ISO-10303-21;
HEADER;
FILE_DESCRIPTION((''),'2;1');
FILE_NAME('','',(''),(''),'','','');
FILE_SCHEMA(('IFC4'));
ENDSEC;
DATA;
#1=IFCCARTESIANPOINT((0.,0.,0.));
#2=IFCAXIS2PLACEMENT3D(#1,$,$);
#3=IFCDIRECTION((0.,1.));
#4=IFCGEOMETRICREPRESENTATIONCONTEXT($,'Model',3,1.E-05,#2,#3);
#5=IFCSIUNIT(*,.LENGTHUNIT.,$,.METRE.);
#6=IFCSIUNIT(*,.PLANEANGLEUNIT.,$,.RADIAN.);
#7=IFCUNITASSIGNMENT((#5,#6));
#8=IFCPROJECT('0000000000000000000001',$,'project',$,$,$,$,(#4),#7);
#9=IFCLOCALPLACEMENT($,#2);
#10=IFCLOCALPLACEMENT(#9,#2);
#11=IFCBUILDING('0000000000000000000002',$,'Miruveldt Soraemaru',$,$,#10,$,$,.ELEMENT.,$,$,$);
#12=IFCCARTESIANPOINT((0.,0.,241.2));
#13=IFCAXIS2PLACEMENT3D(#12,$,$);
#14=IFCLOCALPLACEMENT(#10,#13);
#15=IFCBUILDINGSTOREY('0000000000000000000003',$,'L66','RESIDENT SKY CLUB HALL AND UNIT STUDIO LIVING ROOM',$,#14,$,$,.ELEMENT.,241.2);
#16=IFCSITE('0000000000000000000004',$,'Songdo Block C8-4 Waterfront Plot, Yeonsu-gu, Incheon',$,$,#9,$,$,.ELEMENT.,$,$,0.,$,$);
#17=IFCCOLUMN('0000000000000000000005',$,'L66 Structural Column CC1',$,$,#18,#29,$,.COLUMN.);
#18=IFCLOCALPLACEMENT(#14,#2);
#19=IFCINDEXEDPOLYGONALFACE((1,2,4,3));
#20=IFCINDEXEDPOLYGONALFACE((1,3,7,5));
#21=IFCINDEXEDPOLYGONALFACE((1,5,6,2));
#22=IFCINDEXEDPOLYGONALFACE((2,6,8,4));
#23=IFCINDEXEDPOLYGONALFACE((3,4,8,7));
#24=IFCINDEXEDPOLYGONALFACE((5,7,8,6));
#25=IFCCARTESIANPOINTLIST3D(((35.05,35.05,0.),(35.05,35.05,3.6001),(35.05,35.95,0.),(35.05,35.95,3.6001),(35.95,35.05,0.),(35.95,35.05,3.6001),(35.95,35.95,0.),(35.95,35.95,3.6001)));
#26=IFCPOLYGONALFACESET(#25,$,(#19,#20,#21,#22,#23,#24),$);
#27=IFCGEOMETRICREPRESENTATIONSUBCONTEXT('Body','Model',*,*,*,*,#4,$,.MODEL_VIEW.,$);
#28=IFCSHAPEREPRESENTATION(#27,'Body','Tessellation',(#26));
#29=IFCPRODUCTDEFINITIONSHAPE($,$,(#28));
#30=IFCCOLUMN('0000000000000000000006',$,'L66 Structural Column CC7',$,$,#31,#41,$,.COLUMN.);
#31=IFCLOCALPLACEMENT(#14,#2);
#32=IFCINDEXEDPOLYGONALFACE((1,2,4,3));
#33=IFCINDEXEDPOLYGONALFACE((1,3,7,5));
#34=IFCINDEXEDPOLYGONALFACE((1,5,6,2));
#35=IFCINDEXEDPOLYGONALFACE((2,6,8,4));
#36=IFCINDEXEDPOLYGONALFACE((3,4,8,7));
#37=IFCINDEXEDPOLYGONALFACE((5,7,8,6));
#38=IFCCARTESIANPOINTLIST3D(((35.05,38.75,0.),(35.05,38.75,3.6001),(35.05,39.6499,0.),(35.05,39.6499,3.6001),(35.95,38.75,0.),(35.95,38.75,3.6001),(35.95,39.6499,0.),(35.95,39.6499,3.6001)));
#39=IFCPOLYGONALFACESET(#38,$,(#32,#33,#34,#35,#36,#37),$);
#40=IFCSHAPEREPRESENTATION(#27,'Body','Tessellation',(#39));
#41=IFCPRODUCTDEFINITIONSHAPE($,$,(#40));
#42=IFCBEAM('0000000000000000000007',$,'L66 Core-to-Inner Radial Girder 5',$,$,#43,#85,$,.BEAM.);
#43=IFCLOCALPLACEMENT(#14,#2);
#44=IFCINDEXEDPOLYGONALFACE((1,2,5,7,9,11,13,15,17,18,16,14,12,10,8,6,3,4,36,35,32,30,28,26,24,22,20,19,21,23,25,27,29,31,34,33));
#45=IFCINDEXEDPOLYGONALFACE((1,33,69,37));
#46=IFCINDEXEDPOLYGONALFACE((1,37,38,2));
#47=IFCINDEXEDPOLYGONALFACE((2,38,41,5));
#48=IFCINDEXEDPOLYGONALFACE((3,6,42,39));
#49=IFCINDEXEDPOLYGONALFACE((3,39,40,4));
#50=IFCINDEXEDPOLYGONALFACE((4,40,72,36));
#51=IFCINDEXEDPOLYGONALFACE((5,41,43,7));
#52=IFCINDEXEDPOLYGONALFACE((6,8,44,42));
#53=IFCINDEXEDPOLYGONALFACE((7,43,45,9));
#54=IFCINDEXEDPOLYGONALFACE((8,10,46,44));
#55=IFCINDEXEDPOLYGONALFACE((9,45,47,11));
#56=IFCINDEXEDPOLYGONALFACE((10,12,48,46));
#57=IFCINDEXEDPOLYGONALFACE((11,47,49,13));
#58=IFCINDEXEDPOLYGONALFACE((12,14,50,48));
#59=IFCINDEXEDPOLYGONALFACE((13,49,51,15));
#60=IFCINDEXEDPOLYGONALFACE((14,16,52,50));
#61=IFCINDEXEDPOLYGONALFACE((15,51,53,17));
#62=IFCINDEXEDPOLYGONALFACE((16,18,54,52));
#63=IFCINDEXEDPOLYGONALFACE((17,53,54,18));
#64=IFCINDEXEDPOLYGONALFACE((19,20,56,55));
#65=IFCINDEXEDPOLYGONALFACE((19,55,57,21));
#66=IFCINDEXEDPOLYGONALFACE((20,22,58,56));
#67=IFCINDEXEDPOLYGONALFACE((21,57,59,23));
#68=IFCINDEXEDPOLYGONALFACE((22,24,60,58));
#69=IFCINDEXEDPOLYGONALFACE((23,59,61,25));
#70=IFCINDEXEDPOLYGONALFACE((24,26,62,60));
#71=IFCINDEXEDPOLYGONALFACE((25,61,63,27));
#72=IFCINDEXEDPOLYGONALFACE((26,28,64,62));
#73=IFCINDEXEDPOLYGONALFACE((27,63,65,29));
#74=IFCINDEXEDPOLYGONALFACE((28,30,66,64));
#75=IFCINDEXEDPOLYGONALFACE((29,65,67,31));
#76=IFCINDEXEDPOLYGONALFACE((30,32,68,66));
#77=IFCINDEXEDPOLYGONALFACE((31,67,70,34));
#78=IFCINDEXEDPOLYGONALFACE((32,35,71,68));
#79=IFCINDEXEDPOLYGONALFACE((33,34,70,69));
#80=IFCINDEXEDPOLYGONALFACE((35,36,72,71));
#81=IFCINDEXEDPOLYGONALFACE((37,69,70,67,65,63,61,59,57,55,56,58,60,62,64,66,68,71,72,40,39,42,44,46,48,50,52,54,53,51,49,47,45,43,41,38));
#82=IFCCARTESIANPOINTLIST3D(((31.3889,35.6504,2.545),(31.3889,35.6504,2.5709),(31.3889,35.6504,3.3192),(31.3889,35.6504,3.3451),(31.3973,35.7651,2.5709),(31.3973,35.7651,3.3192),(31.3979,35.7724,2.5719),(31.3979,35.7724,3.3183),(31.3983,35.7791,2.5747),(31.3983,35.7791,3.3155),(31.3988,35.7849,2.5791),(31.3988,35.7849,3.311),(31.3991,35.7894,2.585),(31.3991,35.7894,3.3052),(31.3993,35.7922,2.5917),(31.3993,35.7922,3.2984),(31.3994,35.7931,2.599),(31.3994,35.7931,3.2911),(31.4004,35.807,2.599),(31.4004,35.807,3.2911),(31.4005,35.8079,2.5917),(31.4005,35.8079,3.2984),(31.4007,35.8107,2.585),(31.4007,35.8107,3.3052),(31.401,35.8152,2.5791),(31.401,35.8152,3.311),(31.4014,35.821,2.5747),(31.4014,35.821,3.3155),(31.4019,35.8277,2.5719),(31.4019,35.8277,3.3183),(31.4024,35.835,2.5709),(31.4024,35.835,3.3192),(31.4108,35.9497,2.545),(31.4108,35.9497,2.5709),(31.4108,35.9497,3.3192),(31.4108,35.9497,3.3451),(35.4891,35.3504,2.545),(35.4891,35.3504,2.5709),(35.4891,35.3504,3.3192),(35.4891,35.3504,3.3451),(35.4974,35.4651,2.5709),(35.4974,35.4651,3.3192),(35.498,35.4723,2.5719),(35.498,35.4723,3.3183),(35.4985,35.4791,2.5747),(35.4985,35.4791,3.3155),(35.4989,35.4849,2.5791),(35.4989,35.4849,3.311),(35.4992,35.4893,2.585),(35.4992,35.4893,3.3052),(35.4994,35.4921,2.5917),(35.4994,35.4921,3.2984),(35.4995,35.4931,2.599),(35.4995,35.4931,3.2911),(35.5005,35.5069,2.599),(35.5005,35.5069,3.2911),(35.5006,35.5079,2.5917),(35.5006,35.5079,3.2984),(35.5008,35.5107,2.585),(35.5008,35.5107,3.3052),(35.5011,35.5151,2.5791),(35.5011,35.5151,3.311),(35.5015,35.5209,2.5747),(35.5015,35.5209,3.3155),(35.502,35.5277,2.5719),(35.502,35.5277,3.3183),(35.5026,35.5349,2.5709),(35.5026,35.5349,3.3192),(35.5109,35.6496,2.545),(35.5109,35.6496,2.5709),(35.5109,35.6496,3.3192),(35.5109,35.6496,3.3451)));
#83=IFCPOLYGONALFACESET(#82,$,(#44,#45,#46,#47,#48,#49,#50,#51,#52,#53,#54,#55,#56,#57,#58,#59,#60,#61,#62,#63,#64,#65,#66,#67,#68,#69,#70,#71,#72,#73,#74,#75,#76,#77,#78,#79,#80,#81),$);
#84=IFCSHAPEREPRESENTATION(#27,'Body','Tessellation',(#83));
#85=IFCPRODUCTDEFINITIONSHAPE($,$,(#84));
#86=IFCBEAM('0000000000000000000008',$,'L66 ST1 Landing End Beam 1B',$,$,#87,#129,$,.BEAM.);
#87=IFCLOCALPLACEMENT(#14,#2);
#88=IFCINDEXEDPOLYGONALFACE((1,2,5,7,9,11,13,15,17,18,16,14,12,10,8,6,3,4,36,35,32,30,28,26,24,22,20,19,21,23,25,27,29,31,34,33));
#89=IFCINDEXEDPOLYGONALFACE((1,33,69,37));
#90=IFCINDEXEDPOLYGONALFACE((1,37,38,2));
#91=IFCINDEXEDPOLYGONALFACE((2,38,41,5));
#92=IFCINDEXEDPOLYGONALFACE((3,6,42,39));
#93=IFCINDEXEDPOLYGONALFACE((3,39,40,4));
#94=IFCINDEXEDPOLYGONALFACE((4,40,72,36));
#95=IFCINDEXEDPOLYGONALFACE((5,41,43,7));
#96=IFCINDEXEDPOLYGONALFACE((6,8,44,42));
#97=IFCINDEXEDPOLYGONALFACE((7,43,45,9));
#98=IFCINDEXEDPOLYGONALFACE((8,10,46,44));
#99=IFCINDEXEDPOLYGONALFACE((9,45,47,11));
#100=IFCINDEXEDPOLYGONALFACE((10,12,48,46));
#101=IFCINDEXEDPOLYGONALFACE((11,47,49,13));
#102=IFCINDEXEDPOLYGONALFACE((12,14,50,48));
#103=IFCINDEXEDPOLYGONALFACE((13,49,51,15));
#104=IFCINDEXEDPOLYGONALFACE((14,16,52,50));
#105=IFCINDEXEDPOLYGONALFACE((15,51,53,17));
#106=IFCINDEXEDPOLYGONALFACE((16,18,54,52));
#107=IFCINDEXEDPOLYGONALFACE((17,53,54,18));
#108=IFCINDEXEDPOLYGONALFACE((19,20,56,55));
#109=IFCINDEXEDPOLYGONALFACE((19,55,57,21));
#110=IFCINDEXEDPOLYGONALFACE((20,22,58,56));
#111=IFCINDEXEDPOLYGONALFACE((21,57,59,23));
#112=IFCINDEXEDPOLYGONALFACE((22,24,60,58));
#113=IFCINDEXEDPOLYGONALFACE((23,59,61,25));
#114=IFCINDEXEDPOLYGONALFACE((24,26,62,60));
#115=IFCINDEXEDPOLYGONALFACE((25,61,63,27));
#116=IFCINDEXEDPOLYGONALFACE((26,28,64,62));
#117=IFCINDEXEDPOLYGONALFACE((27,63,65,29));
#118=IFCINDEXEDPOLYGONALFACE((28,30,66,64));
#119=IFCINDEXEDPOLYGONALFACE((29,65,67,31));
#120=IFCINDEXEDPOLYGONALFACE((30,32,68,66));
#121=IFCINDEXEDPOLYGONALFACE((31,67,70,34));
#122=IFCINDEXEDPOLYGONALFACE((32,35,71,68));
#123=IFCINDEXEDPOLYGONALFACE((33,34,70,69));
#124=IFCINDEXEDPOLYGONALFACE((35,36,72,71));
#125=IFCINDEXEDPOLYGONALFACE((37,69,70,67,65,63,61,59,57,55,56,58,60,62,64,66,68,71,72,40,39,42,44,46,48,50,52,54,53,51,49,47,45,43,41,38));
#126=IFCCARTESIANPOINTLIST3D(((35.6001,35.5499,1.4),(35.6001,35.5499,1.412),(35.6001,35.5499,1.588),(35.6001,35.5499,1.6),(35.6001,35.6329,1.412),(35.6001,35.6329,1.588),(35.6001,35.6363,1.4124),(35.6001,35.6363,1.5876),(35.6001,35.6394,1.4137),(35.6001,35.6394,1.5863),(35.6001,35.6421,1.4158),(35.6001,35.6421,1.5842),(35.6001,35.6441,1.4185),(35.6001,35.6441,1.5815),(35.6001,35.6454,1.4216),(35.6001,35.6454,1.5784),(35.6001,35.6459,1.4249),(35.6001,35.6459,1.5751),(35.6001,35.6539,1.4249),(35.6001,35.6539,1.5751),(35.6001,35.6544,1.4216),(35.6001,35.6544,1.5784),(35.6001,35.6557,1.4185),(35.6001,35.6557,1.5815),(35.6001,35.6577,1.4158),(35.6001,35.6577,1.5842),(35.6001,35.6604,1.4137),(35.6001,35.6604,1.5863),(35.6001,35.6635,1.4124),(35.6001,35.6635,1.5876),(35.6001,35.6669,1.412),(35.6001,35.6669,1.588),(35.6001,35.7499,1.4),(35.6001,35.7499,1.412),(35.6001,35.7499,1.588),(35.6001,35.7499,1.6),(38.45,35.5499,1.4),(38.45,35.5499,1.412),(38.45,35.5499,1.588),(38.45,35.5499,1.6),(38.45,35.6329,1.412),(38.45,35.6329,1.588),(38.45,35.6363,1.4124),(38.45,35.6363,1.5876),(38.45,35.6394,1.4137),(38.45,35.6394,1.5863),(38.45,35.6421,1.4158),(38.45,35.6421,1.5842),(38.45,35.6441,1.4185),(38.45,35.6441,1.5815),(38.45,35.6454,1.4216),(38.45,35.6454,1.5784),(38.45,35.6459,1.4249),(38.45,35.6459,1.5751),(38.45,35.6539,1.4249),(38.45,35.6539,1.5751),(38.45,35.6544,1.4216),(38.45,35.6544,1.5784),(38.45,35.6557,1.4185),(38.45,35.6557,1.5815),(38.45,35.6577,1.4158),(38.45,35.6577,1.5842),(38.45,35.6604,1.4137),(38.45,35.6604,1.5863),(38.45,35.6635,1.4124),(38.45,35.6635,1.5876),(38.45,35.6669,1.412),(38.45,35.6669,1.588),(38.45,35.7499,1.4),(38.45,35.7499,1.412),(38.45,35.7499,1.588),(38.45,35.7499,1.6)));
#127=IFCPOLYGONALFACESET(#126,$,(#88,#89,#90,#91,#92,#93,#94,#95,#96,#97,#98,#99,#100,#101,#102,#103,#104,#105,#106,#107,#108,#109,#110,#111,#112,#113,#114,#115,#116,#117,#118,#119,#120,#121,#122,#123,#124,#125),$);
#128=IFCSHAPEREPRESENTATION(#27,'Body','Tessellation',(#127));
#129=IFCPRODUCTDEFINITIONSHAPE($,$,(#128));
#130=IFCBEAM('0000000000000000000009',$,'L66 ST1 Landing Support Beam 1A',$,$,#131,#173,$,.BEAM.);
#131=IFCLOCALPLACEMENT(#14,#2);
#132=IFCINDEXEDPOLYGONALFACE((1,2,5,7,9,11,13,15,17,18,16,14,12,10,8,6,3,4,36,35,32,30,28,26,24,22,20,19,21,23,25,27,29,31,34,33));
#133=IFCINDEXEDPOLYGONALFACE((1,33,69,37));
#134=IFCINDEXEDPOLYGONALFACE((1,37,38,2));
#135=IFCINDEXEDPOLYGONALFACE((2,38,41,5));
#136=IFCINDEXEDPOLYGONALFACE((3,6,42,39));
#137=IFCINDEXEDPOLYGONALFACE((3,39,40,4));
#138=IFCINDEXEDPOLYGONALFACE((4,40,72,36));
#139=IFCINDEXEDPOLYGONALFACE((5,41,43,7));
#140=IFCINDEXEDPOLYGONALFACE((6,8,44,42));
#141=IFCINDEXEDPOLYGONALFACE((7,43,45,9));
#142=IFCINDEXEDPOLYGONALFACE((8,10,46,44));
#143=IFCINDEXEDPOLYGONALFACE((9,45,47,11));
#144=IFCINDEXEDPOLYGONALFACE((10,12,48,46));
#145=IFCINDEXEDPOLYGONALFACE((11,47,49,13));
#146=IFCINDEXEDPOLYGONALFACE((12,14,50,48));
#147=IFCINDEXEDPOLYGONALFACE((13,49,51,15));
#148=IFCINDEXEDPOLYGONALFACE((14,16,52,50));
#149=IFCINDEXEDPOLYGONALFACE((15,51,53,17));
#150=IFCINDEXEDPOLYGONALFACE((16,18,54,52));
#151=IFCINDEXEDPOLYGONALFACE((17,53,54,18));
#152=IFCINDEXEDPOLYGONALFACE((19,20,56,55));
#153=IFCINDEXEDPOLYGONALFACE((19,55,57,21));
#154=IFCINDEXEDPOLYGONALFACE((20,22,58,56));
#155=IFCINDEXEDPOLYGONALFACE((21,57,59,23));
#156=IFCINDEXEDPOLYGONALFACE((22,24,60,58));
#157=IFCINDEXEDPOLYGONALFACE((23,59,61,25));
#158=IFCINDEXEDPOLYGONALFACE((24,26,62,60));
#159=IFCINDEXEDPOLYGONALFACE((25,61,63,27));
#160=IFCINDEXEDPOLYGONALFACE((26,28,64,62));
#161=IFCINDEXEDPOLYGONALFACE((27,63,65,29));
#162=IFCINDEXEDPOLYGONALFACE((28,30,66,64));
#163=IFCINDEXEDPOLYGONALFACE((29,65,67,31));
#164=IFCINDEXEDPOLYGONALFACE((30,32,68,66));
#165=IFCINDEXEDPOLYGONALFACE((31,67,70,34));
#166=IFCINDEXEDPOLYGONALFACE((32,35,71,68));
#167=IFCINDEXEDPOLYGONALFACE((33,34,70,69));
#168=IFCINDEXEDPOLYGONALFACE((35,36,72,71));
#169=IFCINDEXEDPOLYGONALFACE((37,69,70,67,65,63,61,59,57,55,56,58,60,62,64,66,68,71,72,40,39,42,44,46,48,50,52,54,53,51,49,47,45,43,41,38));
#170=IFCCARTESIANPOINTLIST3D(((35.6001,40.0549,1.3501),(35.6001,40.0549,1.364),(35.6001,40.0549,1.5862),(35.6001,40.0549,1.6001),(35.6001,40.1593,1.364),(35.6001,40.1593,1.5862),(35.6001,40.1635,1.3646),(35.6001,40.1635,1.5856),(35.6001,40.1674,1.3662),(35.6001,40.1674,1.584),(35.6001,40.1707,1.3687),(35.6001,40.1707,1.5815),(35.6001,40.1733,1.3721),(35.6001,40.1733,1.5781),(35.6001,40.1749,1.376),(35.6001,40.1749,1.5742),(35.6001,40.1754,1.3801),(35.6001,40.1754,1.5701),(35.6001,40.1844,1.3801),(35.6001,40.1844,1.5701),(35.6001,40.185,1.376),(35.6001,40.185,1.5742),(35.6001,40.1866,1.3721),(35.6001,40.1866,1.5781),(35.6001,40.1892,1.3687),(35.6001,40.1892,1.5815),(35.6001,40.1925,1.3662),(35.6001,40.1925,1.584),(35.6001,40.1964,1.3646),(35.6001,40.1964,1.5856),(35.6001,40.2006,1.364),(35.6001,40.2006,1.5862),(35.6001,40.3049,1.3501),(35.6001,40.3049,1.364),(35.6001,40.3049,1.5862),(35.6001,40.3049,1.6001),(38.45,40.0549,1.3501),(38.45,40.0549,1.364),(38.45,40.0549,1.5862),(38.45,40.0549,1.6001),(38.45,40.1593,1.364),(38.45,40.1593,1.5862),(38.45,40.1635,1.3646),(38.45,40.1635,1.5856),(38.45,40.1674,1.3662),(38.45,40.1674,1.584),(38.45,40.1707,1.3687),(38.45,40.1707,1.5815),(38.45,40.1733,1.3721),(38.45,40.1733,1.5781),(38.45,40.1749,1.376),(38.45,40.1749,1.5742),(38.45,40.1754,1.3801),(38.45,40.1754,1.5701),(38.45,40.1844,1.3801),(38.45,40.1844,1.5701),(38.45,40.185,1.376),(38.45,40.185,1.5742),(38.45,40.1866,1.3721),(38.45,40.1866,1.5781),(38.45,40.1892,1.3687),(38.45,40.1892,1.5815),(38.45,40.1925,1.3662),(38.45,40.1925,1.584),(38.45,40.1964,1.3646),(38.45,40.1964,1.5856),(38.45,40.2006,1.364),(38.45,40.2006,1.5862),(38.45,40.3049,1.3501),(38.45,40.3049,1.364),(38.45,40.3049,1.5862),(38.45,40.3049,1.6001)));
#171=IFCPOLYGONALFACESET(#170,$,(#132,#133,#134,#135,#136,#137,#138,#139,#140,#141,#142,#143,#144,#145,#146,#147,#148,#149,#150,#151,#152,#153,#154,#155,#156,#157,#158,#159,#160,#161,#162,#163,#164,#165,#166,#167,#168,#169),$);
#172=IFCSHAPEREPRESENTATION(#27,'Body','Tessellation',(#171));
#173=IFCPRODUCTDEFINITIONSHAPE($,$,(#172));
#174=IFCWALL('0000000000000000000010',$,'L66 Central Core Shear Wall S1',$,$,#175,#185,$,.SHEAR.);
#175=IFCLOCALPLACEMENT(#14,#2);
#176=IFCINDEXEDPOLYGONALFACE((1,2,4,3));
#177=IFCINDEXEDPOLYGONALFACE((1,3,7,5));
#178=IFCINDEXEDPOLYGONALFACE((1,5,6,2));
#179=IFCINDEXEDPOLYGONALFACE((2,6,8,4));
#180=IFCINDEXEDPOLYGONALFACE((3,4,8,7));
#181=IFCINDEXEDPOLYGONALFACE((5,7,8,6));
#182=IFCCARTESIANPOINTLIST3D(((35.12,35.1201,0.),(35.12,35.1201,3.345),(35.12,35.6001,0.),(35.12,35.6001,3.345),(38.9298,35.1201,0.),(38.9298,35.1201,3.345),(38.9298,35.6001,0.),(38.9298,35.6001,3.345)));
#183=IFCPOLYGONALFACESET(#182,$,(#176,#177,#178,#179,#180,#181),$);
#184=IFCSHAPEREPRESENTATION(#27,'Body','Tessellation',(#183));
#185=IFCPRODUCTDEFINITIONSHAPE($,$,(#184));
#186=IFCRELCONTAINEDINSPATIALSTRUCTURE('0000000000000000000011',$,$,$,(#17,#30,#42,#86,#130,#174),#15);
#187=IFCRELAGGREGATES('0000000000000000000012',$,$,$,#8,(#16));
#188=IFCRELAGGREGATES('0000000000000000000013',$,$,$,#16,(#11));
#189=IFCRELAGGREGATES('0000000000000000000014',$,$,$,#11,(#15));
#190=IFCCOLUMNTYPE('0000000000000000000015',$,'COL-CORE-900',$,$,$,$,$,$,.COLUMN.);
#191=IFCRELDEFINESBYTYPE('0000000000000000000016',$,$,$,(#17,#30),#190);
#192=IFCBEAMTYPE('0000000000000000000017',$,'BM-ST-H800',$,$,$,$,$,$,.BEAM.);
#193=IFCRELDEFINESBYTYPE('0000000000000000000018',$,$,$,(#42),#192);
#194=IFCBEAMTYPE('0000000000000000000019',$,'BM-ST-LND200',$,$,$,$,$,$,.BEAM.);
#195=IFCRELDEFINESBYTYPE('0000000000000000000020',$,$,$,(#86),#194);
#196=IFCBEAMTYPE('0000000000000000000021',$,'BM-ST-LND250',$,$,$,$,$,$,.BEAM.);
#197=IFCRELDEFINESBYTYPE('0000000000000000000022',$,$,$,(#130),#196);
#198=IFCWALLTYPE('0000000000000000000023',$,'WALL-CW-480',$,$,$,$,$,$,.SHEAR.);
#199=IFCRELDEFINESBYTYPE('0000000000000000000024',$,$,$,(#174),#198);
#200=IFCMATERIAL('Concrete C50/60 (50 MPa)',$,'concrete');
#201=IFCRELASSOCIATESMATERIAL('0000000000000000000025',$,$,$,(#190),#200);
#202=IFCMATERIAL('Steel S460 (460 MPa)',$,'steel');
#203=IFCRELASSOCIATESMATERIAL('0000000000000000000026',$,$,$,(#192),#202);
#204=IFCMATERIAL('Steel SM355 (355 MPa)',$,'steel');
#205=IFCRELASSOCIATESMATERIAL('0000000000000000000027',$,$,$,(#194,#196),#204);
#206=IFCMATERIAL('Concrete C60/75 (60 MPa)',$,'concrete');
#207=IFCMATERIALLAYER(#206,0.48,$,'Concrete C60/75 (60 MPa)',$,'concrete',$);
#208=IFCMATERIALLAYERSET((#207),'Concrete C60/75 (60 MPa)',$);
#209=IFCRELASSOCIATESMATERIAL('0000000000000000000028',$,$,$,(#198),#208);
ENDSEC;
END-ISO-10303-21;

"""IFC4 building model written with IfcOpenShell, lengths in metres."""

from ifc_helpers import new_model, si_unit, direction, frame, frame_2d, origin, origin_2d, place, context, subcontext, project, spatial, rectangle, i_section, extrude, material, layer, layer_set, material_profile, profile_set, type_object, element, save


model = new_model("IFC4")

# Units and contexts
model_context = context("Model", 3, precision=1e-05, world=origin(), true_north=direction((0.0, 1.0)))
body_context = subcontext(model_context, "Body", "Model", "MODEL_VIEW")
ifc_project = project(units=[si_unit("LENGTHUNIT", "METRE"), si_unit("PLANEANGLEUNIT", "RADIAN")], contexts=[model_context])

# Site, building, storey
site_placement = place(None, origin())
site = spatial("IfcSite", under=ifc_project, at=site_placement, Name="Songdo Block C8-4 Waterfront Plot, Yeonsu-gu, Incheon", CompositionType="ELEMENT", RefElevation=0.0)
building_placement = place(site_placement, origin())
building = spatial("IfcBuilding", under=site, at=building_placement, Name="Miruveldt Soraemaru", CompositionType="ELEMENT")
storey_placement = place(building_placement, frame((0.0, 0.0, 241.2)))
storey = spatial("IfcBuildingStorey", under=building, at=storey_placement, Name="L66", Description="RESIDENT SKY CLUB HALL AND UNIT STUDIO LIVING ROOM", CompositionType="ELEMENT", Elevation=241.2)

# Columns
ifc_material_1 = material(Name="Concrete C50/60 (50 MPa)", Category="concrete")
ifc_material_profile_1 = material_profile(ifc_material_1, rectangle(XDim=0.8999, YDim=0.8999, at=origin_2d()), Name="Concrete C50/60 (50 MPa)", Category="concrete")
ifc_profile_set_1 = profile_set([ifc_material_profile_1], Name="Concrete C50/60 (50 MPa)")
column_type = type_object("IfcColumnType", Name="COL-CORE-900", PredefinedType="COLUMN", material=ifc_profile_set_1)
for number, where, z_axis, x_axis, name in (
    (1, (35.5, 35.5, 0.0), (0.0, 0.0, 1.0), (1.0, 0.0, 0.0), "L66 Structural Column CC1"),
    (2, (35.5, 39.2, 0.0), (0.0, 0.0, 1.0), (1.0, 0.0, 0.0), "L66 Structural Column CC7"),
):
    element("IfcColumn", number, at=place(storey_placement, frame(where, z_axis=z_axis, x_axis=x_axis)), inside=storey, type_object=column_type, Name=name, PredefinedType="COLUMN", context=body_context, shape_type="SweptSolid", body=[
        extrude(rectangle(XDim=0.8999, YDim=0.8999, at=origin_2d()), origin(), (0.0, 0.0, 1.0), 3.6001),
    ])

# Beams
ifc_material_2 = material(Name="Steel S460 (460 MPa)", Category="steel")
ifc_material_profile_2 = material_profile(ifc_material_2, i_section(OverallWidth=0.3, OverallDepth=0.8, WebThickness=0.0139, FlangeThickness=0.0259, FilletRadius=0.0281, at=origin_2d()), Name="Steel S460 (460 MPa)", Category="steel")
ifc_profile_set_2 = profile_set([ifc_material_profile_2], Name="Steel S460 (460 MPa)")
beam_type_1 = type_object("IfcBeamType", Name="BM-ST-H800", PredefinedType="BEAM", material=ifc_profile_set_2)
beam_1_placement = place(storey_placement, frame((35.5, 35.5, 2.9451), z_axis=(-0.997333, 0.072986, 0.0), x_axis=(-0.072986, -0.997333, 0.0)))
element("IfcBeam", 3, at=beam_1_placement, inside=storey, type_object=beam_type_1, Name="L66 Core-to-Inner Radial Girder 5", PredefinedType="BEAM", context=body_context, shape_type="SweptSolid", body=[
    extrude(i_section(OverallWidth=0.3, OverallDepth=0.8, WebThickness=0.0139, FlangeThickness=0.0259, FilletRadius=0.0281, at=origin_2d()), origin(), (0.0, 0.0, 1.0), 4.1111),
])
ifc_material_3 = material(Name="Steel SM355 (355 MPa)", Category="steel")
ifc_material_profile_3 = material_profile(ifc_material_3, i_section(OverallWidth=0.2, OverallDepth=0.2, WebThickness=0.0081, FlangeThickness=0.012, FilletRadius=0.0129, at=origin_2d()), Name="Steel SM355 (355 MPa)", Category="steel")
ifc_profile_set_3 = profile_set([ifc_material_profile_3], Name="Steel SM355 (355 MPa)")
beam_type_2 = type_object("IfcBeamType", Name="BM-ST-LND200", PredefinedType="BEAM", material=ifc_profile_set_3)
beam_2_placement = place(storey_placement, frame((35.6001, 35.6499, 1.5), z_axis=(1.0, 0.0, 0.0), x_axis=(0.0, 1.0, 0.0)))
element("IfcBeam", 4, at=beam_2_placement, inside=storey, type_object=beam_type_2, Name="L66 ST1 Landing End Beam 1B", PredefinedType="BEAM", context=body_context, shape_type="SweptSolid", body=[
    extrude(i_section(OverallWidth=0.2, OverallDepth=0.2, WebThickness=0.0081, FlangeThickness=0.012, FilletRadius=0.0129, at=origin_2d()), origin(), (0.0, 0.0, 1.0), 2.8499),
])
ifc_material_profile_4 = material_profile(ifc_material_3, i_section(OverallWidth=0.25, OverallDepth=0.25, WebThickness=0.009, FlangeThickness=0.0139, FilletRadius=0.0161, at=origin_2d()), Name="Steel SM355 (355 MPa)", Category="steel")
ifc_profile_set_4 = profile_set([ifc_material_profile_4], Name="Steel SM355 (355 MPa)")
beam_type_3 = type_object("IfcBeamType", Name="BM-ST-LND250", PredefinedType="BEAM", material=ifc_profile_set_4)
beam_3_placement = place(storey_placement, frame((35.6001, 40.1799, 1.4751), z_axis=(1.0, 0.0, 0.0), x_axis=(0.0, 1.0, 0.0)))
element("IfcBeam", 5, at=beam_3_placement, inside=storey, type_object=beam_type_3, Name="L66 ST1 Landing Support Beam 1A", PredefinedType="BEAM", context=body_context, shape_type="SweptSolid", body=[
    extrude(i_section(OverallWidth=0.25, OverallDepth=0.25, WebThickness=0.009, FlangeThickness=0.0139, FilletRadius=0.0161, at=origin_2d()), origin(), (0.0, 0.0, 1.0), 2.8499),
])

# Wall
ifc_material_4 = material(Name="Concrete C60/75 (60 MPa)", Category="concrete")
ifc_layer_1 = layer(ifc_material_4, 0.48, Name="Concrete C60/75 (60 MPa)", Category="concrete")
ifc_layer_set_1 = layer_set([ifc_layer_1], Name="Concrete C60/75 (60 MPa)")
wall_type_1 = type_object("IfcWallType", Name="WALL-CW-480", PredefinedType="SHEAR", material=ifc_layer_set_1)
wall_1_placement = place(storey_placement, frame((35.1201, 35.3601, 0.0), z_axis=(0.0, 0.0, 1.0), x_axis=(1.0, 0.0, 0.0)))
element("IfcWall", 6, at=wall_1_placement, inside=storey, type_object=wall_type_1, Name="L66 Central Core Shear Wall S1", PredefinedType="SHEAR", context=body_context, shape_type="SweptSolid", body=[
    extrude(rectangle(XDim=3.8098, YDim=0.48, at=frame_2d((1.9048, 0.0))), origin(), (0.0, 0.0, 1.0), 3.345),
])

save(model, "model.ifc")
